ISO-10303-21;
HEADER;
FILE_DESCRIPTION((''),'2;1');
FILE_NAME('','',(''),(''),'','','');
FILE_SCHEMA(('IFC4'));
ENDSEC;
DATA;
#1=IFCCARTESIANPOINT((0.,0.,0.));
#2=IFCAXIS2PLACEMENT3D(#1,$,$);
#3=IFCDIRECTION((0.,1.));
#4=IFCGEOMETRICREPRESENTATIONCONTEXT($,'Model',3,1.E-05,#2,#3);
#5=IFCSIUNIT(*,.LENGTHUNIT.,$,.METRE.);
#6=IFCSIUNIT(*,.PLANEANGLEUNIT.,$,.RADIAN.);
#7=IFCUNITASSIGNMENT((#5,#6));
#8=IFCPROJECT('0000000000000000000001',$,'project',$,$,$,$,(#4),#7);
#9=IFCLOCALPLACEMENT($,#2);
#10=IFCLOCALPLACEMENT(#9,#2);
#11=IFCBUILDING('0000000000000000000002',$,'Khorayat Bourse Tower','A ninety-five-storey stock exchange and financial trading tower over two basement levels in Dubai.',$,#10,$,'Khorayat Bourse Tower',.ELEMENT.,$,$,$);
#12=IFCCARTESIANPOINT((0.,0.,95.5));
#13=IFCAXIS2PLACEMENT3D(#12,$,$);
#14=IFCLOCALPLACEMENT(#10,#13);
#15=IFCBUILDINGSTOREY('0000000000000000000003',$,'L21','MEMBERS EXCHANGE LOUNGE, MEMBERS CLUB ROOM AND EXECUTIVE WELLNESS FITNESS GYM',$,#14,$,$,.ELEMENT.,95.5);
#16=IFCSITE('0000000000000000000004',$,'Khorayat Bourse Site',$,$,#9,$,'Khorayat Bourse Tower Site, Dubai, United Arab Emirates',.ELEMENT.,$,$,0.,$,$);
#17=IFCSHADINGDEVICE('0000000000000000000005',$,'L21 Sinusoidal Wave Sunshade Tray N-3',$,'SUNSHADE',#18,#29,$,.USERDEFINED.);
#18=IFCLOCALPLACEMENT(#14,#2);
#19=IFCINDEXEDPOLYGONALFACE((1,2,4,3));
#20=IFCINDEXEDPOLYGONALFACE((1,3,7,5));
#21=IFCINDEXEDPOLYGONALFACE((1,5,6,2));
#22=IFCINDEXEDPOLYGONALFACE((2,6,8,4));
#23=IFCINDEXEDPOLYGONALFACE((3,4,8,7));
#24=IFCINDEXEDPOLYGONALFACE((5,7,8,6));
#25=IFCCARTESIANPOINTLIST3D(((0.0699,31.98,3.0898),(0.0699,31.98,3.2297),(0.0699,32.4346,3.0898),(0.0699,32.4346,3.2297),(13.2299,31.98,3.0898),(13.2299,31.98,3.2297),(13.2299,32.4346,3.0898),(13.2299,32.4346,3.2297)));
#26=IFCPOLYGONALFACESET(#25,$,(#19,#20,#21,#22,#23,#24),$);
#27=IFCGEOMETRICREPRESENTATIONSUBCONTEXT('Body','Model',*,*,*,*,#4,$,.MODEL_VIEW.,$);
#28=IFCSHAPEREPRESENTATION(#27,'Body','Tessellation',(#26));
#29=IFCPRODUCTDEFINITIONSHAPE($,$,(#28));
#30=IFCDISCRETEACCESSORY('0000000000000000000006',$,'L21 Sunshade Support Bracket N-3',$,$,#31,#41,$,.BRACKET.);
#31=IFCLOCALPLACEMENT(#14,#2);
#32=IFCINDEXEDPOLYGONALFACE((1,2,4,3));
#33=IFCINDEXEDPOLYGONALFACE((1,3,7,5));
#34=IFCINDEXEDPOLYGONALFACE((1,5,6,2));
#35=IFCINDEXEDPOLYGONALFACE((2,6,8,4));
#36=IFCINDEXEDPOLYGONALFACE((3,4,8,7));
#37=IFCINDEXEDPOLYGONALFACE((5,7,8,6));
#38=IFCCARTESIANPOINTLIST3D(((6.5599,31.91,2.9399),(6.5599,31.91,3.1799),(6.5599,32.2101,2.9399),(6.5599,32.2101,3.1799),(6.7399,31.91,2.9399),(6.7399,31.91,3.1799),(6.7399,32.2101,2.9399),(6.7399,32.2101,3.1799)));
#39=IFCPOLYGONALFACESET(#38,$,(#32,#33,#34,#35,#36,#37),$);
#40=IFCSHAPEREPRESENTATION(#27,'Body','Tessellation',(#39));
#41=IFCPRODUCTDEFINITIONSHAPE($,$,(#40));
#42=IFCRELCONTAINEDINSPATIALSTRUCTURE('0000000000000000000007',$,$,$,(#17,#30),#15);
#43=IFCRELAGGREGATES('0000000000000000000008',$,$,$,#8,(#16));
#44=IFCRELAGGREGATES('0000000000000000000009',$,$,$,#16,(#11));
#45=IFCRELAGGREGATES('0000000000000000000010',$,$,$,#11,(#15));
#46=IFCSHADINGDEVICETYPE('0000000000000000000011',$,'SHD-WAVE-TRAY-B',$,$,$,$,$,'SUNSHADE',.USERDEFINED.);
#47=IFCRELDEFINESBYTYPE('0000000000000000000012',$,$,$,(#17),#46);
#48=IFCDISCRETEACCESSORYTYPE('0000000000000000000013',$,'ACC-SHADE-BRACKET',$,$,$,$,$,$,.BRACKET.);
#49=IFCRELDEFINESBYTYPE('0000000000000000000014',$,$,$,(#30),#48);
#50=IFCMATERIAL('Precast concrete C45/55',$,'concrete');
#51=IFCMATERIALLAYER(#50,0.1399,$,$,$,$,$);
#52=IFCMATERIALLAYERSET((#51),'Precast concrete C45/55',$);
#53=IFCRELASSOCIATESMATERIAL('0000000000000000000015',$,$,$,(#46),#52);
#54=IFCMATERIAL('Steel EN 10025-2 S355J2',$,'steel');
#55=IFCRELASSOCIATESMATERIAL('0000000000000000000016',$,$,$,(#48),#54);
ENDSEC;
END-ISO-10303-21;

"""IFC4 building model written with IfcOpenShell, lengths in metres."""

from ifc_helpers import new_model, si_unit, direction, frame, origin, origin_2d, place, context, subcontext, project, spatial, rectangle, extrude, source, transform, mapped, material, layer, layer_set, type_object, element, save


model = new_model("IFC4")

# Units and contexts
model_context = context("Model", 3, precision=1e-05, world=origin(), true_north=direction((0.0, 1.0)))
body_context = subcontext(model_context, "Body", "Model", "MODEL_VIEW")
ifc_project = project(units=[si_unit("LENGTHUNIT", "METRE"), si_unit("PLANEANGLEUNIT", "RADIAN")], contexts=[model_context])

# Site, building, storey
site_placement = place(None, origin())
site = spatial("IfcSite", under=ifc_project, at=site_placement, Name="Khorayat Bourse Site", LongName="Khorayat Bourse Tower Site, Dubai, United Arab Emirates", CompositionType="ELEMENT", RefElevation=0.0)
building_placement = place(site_placement, origin())
building = spatial("IfcBuilding", under=site, at=building_placement, Name="Khorayat Bourse Tower", Description="A ninety-five-storey stock exchange and financial trading tower over two basement levels in Dubai.", LongName="Khorayat Bourse Tower", CompositionType="ELEMENT")
storey_placement = place(building_placement, frame((0.0, 0.0, 95.5)))
storey = spatial("IfcBuildingStorey", under=building, at=storey_placement, Name="L21", Description="MEMBERS EXCHANGE LOUNGE, MEMBERS CLUB ROOM AND EXECUTIVE WELLNESS FITNESS GYM", CompositionType="ELEMENT", Elevation=95.5)

# Shared definitions
ifc_material_1 = material(Name="Steel EN 10025-2 S355J2", Category="steel")

# Shading device
ifc_material_2 = material(Name="Precast concrete C45/55", Category="concrete")
ifc_layer_1 = layer(ifc_material_2, 0.1399)
ifc_layer_set_1 = layer_set([ifc_layer_1], Name="Precast concrete C45/55")
shading_device_type = type_object("IfcShadingDeviceType", Name="SHD-WAVE-TRAY-B", ElementType="SUNSHADE", PredefinedType="USERDEFINED", material=ifc_layer_set_1)
shared_shape_1 = source(origin(), body_context, "Body", "SweptSolid", [
    extrude(rectangle(XDim=13.1599, YDim=0.4546, at=origin_2d()), origin(), (0.0, 0.0, 1.0), 0.1399),
])
shading_device_placement = place(storey_placement, frame((6.6499, 32.2073, 3.0898), z_axis=(0.0, 0.0, 1.0), x_axis=(1.0, 0.0, 0.0)))
element("IfcShadingDevice", 1, at=shading_device_placement, inside=storey, type_object=shading_device_type, Name="L21 Sinusoidal Wave Sunshade Tray N-3", ObjectType="SUNSHADE", PredefinedType="USERDEFINED", context=body_context, shape_type="MappedRepresentation", body=[
    mapped(shared_shape_1, transform((0.0, 0.0, 0.0), scale=1.0)),
])

# Discrete accessory
discrete_accessory_type = type_object("IfcDiscreteAccessoryType", Name="ACC-SHADE-BRACKET", PredefinedType="BRACKET", material=ifc_material_1)
shared_shape_2 = source(origin(), body_context, "Body", "SweptSolid", [
    extrude(rectangle(XDim=0.1799, YDim=0.3, at=origin_2d()), origin(), (0.0, 0.0, 1.0), 0.24),
])
discrete_accessory_placement = place(storey_placement, frame((6.6499, 32.0601, 2.9399), z_axis=(0.0, 0.0, 1.0), x_axis=(1.0, 0.0, 0.0)))
element("IfcDiscreteAccessory", 2, at=discrete_accessory_placement, inside=storey, type_object=discrete_accessory_type, Name="L21 Sunshade Support Bracket N-3", PredefinedType="BRACKET", context=body_context, shape_type="MappedRepresentation", body=[
    mapped(shared_shape_2, transform((0.0, 0.0, 0.0), scale=1.0)),
])

save(model, "model.ifc")
